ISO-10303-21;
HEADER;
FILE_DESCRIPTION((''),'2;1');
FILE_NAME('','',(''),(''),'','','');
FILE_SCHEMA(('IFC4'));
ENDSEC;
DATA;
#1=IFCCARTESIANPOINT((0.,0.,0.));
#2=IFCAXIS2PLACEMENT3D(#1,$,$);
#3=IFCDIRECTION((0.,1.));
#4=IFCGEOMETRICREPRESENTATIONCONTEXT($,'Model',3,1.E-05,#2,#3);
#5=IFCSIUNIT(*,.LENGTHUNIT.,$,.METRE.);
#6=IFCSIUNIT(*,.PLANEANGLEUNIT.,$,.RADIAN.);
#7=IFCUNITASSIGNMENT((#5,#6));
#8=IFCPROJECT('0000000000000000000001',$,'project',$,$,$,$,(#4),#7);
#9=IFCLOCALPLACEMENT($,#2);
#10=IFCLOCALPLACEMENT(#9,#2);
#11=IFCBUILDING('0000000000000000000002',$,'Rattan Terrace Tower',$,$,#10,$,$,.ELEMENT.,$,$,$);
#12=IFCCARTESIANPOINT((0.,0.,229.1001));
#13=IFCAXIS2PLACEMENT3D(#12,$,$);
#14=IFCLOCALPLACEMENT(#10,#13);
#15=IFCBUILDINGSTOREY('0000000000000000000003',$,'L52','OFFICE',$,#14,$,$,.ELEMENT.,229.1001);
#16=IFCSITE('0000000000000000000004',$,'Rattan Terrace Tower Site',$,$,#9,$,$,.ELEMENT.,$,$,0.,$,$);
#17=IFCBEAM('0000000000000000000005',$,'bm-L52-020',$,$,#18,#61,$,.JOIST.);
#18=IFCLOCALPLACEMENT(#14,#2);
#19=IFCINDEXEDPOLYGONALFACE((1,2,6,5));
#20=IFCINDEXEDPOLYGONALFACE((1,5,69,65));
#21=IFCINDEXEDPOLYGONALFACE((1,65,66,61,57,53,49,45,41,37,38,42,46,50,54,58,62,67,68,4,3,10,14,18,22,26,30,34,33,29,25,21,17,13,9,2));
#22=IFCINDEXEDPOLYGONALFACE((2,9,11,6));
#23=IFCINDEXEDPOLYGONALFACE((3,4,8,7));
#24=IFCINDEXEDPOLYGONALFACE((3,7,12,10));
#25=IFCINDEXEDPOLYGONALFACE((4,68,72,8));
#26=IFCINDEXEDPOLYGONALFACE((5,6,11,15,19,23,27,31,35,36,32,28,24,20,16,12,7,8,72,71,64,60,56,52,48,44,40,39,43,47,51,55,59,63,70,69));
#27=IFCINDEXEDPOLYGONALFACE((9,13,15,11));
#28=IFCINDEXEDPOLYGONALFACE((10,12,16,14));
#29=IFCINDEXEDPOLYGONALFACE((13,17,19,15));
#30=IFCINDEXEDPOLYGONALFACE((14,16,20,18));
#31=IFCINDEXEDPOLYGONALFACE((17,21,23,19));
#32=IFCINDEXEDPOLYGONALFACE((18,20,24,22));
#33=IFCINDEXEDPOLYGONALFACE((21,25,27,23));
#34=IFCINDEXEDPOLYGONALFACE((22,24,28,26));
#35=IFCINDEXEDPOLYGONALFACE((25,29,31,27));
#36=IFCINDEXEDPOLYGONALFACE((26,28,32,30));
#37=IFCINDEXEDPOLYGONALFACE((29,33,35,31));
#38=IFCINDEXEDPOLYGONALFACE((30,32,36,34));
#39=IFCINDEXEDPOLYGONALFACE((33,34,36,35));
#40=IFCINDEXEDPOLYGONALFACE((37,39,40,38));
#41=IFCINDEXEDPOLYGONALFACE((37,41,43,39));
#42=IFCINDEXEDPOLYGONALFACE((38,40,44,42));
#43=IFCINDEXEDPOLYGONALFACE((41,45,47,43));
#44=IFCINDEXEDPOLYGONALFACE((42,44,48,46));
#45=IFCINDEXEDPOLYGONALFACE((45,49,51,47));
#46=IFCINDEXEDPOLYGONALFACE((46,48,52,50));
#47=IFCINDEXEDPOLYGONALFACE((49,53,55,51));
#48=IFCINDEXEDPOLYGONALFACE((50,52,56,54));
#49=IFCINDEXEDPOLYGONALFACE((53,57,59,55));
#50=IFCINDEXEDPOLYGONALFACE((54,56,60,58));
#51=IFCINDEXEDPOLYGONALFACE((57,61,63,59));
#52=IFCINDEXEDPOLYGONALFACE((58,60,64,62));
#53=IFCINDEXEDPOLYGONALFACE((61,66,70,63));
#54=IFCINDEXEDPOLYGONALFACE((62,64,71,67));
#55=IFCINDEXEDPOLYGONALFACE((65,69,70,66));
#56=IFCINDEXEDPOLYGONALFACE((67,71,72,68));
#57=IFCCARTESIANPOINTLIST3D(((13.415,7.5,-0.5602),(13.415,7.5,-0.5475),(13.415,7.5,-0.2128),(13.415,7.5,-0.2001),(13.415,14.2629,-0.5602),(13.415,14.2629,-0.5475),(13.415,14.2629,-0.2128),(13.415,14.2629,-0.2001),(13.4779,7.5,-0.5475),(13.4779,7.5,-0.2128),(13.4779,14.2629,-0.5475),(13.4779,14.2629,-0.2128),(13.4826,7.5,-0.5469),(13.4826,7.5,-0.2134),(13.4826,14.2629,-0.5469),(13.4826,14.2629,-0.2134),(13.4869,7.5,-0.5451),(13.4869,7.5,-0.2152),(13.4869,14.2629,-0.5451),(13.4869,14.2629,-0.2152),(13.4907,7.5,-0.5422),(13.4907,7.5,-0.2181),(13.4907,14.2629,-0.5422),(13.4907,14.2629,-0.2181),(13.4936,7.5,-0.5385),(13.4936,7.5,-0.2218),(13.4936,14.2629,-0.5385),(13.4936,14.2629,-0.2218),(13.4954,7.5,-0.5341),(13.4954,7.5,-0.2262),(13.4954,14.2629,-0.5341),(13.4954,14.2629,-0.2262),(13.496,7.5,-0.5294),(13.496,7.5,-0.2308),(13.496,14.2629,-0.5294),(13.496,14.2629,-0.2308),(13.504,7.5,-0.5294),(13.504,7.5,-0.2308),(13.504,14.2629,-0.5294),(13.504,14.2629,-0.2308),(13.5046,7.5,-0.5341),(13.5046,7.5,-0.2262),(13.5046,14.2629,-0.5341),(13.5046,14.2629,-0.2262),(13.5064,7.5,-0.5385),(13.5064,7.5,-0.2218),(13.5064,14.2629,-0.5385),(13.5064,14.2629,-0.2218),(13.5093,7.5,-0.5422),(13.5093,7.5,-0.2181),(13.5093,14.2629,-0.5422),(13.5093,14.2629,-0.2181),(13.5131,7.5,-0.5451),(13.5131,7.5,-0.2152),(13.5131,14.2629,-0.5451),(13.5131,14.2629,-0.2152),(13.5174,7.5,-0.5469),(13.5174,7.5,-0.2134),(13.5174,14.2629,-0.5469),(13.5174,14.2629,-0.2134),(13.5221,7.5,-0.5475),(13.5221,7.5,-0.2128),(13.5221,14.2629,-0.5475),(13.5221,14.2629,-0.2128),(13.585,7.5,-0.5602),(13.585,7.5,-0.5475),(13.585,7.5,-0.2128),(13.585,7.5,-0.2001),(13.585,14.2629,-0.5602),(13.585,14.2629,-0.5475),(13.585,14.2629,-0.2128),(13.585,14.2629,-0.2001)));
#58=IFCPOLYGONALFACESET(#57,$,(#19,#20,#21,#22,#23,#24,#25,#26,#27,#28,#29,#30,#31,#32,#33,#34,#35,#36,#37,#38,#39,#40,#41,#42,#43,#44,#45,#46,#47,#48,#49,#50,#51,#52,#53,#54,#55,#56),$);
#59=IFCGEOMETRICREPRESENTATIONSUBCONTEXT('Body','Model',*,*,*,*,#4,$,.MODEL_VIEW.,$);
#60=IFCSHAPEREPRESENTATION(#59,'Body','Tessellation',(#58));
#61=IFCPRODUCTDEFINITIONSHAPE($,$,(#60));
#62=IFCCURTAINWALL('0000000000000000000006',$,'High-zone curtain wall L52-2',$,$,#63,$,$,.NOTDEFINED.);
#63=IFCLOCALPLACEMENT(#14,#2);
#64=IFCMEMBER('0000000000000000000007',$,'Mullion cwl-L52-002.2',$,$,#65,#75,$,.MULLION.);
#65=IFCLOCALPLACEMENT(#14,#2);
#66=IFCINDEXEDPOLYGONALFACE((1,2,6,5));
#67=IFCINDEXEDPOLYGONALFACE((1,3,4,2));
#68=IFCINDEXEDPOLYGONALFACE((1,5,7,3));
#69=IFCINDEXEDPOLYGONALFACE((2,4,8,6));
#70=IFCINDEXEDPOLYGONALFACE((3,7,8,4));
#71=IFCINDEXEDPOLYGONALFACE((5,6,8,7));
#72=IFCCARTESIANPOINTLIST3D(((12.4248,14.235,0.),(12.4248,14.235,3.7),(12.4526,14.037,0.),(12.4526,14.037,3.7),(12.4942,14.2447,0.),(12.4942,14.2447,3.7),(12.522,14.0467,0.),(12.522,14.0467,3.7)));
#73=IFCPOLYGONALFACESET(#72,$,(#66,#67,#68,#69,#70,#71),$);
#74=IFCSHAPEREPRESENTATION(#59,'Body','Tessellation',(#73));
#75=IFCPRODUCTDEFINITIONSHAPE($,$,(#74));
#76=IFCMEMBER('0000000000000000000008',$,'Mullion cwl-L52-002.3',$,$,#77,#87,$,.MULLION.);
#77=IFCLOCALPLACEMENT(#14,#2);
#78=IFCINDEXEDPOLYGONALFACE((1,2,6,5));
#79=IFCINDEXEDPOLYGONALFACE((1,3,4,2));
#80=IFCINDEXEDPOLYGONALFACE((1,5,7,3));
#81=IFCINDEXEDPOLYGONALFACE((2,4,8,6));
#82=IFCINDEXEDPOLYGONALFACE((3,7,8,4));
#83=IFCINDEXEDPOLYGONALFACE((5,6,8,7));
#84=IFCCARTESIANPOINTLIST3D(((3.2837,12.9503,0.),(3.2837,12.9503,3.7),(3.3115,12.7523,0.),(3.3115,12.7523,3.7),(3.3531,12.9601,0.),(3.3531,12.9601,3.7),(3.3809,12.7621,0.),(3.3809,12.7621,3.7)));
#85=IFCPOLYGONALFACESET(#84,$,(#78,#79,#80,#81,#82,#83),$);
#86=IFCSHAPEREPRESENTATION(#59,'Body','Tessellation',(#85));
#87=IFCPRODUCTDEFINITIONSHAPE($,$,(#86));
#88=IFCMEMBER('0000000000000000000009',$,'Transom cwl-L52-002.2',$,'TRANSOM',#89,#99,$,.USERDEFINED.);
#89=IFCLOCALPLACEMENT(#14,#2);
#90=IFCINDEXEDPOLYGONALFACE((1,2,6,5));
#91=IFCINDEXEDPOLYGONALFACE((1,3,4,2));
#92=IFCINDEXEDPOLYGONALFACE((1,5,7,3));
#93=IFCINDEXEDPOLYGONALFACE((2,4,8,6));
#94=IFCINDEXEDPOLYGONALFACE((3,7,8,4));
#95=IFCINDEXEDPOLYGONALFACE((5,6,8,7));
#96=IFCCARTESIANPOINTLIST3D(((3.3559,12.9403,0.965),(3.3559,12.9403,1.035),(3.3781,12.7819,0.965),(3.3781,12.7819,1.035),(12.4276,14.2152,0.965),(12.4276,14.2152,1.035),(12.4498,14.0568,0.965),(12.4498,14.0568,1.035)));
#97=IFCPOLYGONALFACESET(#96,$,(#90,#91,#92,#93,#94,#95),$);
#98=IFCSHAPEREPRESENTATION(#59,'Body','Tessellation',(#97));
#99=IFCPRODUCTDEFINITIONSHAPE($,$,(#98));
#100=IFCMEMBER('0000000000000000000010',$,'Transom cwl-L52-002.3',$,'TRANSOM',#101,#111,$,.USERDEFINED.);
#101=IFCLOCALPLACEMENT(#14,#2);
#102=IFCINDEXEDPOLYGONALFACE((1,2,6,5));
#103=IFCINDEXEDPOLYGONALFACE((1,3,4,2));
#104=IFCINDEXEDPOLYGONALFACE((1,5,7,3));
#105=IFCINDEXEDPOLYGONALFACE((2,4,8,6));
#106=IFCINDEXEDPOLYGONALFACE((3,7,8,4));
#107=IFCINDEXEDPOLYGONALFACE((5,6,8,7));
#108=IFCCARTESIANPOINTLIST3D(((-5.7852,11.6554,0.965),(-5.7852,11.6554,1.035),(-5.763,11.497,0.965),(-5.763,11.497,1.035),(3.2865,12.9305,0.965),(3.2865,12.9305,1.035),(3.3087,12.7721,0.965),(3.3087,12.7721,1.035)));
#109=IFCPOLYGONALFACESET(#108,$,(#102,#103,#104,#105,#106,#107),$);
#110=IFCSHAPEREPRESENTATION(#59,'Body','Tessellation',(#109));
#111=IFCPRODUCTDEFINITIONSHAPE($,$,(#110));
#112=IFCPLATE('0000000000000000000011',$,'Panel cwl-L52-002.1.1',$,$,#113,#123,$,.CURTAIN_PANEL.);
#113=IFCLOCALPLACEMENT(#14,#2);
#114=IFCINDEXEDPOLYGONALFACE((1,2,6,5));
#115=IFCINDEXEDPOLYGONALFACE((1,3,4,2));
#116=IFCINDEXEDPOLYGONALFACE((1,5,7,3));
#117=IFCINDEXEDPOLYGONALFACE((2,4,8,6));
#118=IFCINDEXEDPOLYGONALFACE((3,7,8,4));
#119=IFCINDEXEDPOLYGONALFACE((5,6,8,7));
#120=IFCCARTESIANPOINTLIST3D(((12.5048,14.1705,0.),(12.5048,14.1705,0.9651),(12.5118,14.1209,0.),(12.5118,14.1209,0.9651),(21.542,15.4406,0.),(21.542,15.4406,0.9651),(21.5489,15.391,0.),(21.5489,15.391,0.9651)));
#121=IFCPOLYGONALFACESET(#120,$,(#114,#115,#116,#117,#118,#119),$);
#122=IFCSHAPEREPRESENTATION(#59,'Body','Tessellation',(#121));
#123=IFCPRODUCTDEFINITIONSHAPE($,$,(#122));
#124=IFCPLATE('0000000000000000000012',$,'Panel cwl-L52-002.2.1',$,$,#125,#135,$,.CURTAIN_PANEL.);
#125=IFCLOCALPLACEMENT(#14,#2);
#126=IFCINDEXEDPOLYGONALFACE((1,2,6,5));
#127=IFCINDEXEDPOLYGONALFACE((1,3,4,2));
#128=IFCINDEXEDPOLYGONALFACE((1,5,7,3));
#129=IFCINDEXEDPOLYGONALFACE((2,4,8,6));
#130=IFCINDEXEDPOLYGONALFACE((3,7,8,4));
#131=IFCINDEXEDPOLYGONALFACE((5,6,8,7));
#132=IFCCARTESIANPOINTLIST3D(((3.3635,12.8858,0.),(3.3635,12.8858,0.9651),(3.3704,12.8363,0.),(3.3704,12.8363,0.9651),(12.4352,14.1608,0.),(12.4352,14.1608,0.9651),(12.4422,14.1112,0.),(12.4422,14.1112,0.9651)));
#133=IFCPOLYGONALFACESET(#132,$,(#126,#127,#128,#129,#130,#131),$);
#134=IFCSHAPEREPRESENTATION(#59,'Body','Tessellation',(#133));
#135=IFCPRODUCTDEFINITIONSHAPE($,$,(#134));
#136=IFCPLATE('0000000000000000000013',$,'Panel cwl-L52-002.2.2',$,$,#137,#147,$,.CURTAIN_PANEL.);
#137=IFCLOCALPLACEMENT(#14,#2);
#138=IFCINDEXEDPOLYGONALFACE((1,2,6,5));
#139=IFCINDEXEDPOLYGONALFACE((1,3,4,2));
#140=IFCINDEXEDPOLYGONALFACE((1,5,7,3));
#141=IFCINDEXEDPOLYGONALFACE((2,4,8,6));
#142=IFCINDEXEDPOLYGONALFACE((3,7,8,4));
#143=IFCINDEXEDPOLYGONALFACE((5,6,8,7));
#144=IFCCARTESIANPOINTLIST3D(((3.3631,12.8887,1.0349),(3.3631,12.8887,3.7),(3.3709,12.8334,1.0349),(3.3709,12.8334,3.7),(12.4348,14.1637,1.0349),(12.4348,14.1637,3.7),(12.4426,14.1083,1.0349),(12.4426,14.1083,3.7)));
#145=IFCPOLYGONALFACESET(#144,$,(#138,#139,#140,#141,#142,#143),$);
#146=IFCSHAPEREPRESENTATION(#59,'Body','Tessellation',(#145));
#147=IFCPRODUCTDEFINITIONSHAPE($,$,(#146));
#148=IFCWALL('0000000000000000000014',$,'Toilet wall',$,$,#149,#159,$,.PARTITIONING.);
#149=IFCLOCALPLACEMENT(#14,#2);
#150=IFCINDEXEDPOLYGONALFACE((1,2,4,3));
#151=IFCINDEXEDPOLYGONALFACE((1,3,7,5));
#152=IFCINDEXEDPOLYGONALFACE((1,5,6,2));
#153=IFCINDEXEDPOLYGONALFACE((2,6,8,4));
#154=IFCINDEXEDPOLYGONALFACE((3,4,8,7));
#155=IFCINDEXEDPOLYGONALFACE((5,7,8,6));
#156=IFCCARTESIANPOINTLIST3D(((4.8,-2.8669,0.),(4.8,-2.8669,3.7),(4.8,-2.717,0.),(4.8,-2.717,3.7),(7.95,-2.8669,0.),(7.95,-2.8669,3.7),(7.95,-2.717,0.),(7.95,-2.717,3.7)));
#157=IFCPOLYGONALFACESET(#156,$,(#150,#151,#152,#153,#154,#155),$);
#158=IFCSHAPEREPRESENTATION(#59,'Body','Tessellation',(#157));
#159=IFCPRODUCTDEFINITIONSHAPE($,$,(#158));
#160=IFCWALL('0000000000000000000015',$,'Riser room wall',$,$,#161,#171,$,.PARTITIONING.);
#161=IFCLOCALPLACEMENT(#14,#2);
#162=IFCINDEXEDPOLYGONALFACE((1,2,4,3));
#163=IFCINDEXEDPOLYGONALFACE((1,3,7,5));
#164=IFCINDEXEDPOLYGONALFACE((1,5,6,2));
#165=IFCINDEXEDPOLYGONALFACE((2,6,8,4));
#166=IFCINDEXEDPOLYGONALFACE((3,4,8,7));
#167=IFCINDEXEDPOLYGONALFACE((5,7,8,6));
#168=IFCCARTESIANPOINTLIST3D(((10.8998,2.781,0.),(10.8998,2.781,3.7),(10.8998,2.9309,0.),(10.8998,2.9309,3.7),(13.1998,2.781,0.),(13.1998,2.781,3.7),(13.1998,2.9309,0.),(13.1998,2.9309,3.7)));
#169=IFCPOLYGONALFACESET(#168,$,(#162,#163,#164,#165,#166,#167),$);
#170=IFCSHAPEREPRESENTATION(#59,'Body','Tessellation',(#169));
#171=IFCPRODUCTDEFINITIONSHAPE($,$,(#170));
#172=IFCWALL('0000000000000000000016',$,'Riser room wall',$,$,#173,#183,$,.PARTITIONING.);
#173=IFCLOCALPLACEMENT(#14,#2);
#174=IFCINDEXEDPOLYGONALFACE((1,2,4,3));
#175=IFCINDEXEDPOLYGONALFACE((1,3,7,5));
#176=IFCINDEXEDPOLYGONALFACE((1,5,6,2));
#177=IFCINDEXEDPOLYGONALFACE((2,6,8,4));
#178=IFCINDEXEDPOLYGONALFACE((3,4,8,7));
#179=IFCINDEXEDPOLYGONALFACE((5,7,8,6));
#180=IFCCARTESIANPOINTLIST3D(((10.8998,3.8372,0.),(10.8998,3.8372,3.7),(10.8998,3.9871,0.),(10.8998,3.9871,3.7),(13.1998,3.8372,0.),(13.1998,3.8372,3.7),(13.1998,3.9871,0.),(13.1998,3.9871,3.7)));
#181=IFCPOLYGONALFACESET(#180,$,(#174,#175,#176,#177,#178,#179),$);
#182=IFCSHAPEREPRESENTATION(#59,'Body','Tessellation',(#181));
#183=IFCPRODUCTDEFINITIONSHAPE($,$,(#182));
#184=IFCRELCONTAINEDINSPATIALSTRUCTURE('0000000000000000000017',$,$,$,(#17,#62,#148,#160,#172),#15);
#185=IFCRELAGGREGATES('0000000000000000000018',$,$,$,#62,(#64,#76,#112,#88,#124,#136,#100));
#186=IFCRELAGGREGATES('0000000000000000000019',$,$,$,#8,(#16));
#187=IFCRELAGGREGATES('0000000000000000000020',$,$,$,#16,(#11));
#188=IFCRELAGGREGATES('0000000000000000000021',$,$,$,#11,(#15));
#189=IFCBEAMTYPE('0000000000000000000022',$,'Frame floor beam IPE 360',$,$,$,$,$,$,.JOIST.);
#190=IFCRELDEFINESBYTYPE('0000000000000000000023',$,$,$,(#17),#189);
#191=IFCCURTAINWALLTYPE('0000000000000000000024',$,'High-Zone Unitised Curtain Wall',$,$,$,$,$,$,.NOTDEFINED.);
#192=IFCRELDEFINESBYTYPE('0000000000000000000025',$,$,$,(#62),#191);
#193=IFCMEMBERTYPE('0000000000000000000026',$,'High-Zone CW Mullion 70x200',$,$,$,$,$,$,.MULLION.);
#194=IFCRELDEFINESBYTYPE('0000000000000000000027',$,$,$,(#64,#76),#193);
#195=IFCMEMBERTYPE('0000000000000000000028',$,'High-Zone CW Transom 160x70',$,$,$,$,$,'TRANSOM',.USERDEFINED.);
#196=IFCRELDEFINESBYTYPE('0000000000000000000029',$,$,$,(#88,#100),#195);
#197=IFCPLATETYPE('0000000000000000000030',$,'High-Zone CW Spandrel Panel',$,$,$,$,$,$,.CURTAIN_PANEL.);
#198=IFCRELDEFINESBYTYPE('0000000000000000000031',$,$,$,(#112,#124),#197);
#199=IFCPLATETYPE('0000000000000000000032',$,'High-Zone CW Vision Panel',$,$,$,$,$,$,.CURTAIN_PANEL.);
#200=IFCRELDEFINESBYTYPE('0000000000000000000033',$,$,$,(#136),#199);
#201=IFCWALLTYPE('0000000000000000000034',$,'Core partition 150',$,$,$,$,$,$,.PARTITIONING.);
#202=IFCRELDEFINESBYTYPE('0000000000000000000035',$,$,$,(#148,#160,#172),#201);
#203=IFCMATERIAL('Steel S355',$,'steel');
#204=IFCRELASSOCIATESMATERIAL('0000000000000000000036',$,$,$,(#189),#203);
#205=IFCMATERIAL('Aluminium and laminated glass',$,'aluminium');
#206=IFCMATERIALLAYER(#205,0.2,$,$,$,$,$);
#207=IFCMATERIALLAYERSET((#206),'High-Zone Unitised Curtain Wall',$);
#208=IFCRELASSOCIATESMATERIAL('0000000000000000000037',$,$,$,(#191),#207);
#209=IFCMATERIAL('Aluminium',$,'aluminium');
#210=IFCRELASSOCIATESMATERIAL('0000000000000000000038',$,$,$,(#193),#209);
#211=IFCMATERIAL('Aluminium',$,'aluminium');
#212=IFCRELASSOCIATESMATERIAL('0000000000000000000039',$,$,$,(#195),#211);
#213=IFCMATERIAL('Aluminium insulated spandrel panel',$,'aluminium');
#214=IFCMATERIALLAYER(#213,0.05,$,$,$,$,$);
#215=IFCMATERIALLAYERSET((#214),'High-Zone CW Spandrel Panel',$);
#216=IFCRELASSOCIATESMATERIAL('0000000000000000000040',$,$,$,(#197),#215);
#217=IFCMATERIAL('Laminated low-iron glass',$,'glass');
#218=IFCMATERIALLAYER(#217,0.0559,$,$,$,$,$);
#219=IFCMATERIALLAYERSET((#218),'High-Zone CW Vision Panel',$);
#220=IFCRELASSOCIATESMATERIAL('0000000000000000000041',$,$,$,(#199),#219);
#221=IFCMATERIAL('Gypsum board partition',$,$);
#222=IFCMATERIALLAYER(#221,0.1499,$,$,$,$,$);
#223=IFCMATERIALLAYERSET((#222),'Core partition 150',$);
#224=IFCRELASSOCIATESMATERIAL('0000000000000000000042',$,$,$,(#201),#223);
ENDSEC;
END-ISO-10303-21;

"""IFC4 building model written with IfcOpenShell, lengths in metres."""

from ifc_helpers import new_model, si_unit, direction, frame, frame_2d, origin, origin_2d, place, context, subcontext, project, spatial, rectangle, i_section, extrude, material, layer, layer_set, material_profile, profile_set, type_object, element, aggregate, save


model = new_model("IFC4")

# Units and contexts
model_context = context("Model", 3, precision=1e-05, world=origin(), true_north=direction((0.0, 1.0)))
body_context = subcontext(model_context, "Body", "Model", "MODEL_VIEW")
ifc_project = project(units=[si_unit("LENGTHUNIT", "METRE"), si_unit("PLANEANGLEUNIT", "RADIAN")], contexts=[model_context])

# Site, building, storey
site_placement = place(None, origin())
site = spatial("IfcSite", under=ifc_project, at=site_placement, Name="Rattan Terrace Tower Site", CompositionType="ELEMENT", RefElevation=0.0)
building_placement = place(site_placement, origin())
building = spatial("IfcBuilding", under=site, at=building_placement, Name="Rattan Terrace Tower", CompositionType="ELEMENT")
storey_placement = place(building_placement, frame((0.0, 0.0, 229.1001)))
storey = spatial("IfcBuildingStorey", under=building, at=storey_placement, Name="L52", Description="OFFICE", CompositionType="ELEMENT", Elevation=229.1001)

# Beam
ifc_material_1 = material(Name="Steel S355", Category="steel")
ifc_material_profile_1 = material_profile(ifc_material_1, i_section(OverallWidth=0.1699, OverallDepth=0.3601, WebThickness=0.0081, FlangeThickness=0.0127, FilletRadius=0.0181, at=origin_2d()), Name="IPE 360")
ifc_profile_set_1 = profile_set([ifc_material_profile_1], Name="Steel S355")
beam_type_1 = type_object("IfcBeamType", Name="Frame floor beam IPE 360", PredefinedType="JOIST", material=ifc_profile_set_1)
beam_1_placement = place(storey_placement, frame((13.5, 7.5, -0.3801), z_axis=(0.0, 1.0, 0.0), x_axis=(-1.0, 0.0, 0.0)))
element("IfcBeam", 1, at=beam_1_placement, inside=storey, type_object=beam_type_1, Name="bm-L52-020", PredefinedType="JOIST", context=body_context, shape_type="SweptSolid", body=[
    extrude(i_section(OverallWidth=0.1699, OverallDepth=0.3601, WebThickness=0.0081, FlangeThickness=0.0127, FilletRadius=0.0181, at=origin_2d()), origin(), (0.0, 0.0, 1.0), 6.7629),
])

# Curtain wall, members, plates
ifc_material_2 = material(Name="Aluminium and laminated glass", Category="aluminium")
ifc_layer_1 = layer(ifc_material_2, 0.2)
ifc_layer_set_1 = layer_set([ifc_layer_1], Name="High-Zone Unitised Curtain Wall")
curtain_wall_type = type_object("IfcCurtainWallType", Name="High-Zone Unitised Curtain Wall", PredefinedType="NOTDEFINED", material=ifc_layer_set_1)
curtain_wall_placement = place(storey_placement, origin())
curtain_wall = element("IfcCurtainWall", 2, at=curtain_wall_placement, inside=storey, type_object=curtain_wall_type, Name="High-zone curtain wall L52-2", PredefinedType="NOTDEFINED")
ifc_material_3 = material(Name="Aluminium", Category="aluminium")
ifc_material_profile_2 = material_profile(ifc_material_3, rectangle(XDim=0.0701, YDim=0.2, at=origin_2d()), Name="Aluminium 70x200")
ifc_profile_set_2 = profile_set([ifc_material_profile_2], Name="Aluminium")
member_type_1 = type_object("IfcMemberType", Name="High-Zone CW Mullion 70x200", PredefinedType="MULLION", material=ifc_profile_set_2)
member_1_placement = place(storey_placement, frame((12.4734, 14.1409, 0.0), z_axis=(0.0, 0.0, 1.0), x_axis=(-0.990267, -0.139177, 0.0)))
member_1 = element("IfcMember", 3, at=member_1_placement, type_object=member_type_1, Name="Mullion cwl-L52-002.2", PredefinedType="MULLION", context=body_context, shape_type="SweptSolid", body=[
    extrude(rectangle(XDim=0.0701, YDim=0.2, at=origin_2d()), origin(), (0.0, 0.0, 1.0), 3.7),
])
member_2_placement = place(storey_placement, frame((3.3323, 12.8562, 0.0), z_axis=(0.0, 0.0, 1.0), x_axis=(-0.990267, -0.139177, 0.0)))
member_2 = element("IfcMember", 4, at=member_2_placement, type_object=member_type_1, Name="Mullion cwl-L52-002.3", PredefinedType="MULLION", context=body_context, shape_type="SweptSolid", body=[
    extrude(rectangle(XDim=0.0701, YDim=0.2, at=origin_2d()), origin(), (0.0, 0.0, 1.0), 3.7),
])
ifc_material_4 = material(Name="Aluminium", Category="aluminium")
ifc_material_profile_3 = material_profile(ifc_material_4, rectangle(XDim=0.1599, YDim=0.0701, at=origin_2d()), Name="Aluminium 160x70")
ifc_profile_set_3 = profile_set([ifc_material_profile_3], Name="Aluminium")
member_type_2 = type_object("IfcMemberType", Name="High-Zone CW Transom 160x70", ElementType="TRANSOM", PredefinedType="USERDEFINED", material=ifc_profile_set_3)
member_3_placement = place(storey_placement, frame((12.4387, 14.136, 1.0), z_axis=(-0.990269, -0.139167, 0.0), x_axis=(0.139167, -0.990269, 0.0)))
member_3 = element("IfcMember", 5, at=member_3_placement, type_object=member_type_2, Name="Transom cwl-L52-002.2", ObjectType="TRANSOM", PredefinedType="USERDEFINED", context=body_context, shape_type="SweptSolid", body=[
    extrude(rectangle(XDim=0.1599, YDim=0.0701, at=origin_2d()), origin(), (0.0, 0.0, 1.0), 9.1609),
])
member_4_placement = place(storey_placement, frame((3.2976, 12.8513, 1.0), z_axis=(-0.990265, -0.139194, 0.0), x_axis=(0.139194, -0.990265, 0.0)))
member_4 = element("IfcMember", 6, at=member_4_placement, type_object=member_type_2, Name="Transom cwl-L52-002.3", ObjectType="TRANSOM", PredefinedType="USERDEFINED", context=body_context, shape_type="SweptSolid", body=[
    extrude(rectangle(XDim=0.1599, YDim=0.0701, at=origin_2d()), origin(), (0.0, 0.0, 1.0), 9.1609),
])
ifc_material_5 = material(Name="Aluminium insulated spandrel panel", Category="aluminium")
ifc_layer_2 = layer(ifc_material_5, 0.05)
ifc_layer_set_2 = layer_set([ifc_layer_2], Name="High-Zone CW Spandrel Panel")
plate_type_1 = type_object("IfcPlateType", Name="High-Zone CW Spandrel Panel", PredefinedType="CURTAIN_PANEL", material=ifc_layer_set_2)
plate_1_placement = place(storey_placement, frame((17.0269, 14.7808, 0.0), z_axis=(0.0, 0.0, 1.0), x_axis=(-0.990267, -0.139177, 0.0)))
plate_1 = element("IfcPlate", 7, at=plate_1_placement, type_object=plate_type_1, Name="Panel cwl-L52-002.1.1", PredefinedType="CURTAIN_PANEL", context=body_context, shape_type="SweptSolid", body=[
    extrude(rectangle(XDim=9.126, YDim=0.05, at=origin_2d()), origin(), (0.0, 0.0, 1.0), 0.9651),
])
plate_2_placement = place(storey_placement, frame((7.9028, 13.4985, 0.0), z_axis=(0.0, 0.0, 1.0), x_axis=(-0.990267, -0.139177, 0.0)))
plate_2 = element("IfcPlate", 8, at=plate_2_placement, type_object=plate_type_1, Name="Panel cwl-L52-002.2.1", PredefinedType="CURTAIN_PANEL", context=body_context, shape_type="SweptSolid", body=[
    extrude(rectangle(XDim=9.1609, YDim=0.05, at=origin_2d()), origin(), (0.0, 0.0, 1.0), 0.9651),
])
ifc_material_6 = material(Name="Laminated low-iron glass", Category="glass")
ifc_layer_3 = layer(ifc_material_6, 0.0559)
ifc_layer_set_3 = layer_set([ifc_layer_3], Name="High-Zone CW Vision Panel")
plate_type_2 = type_object("IfcPlateType", Name="High-Zone CW Vision Panel", PredefinedType="CURTAIN_PANEL", material=ifc_layer_set_3)
plate_3_placement = place(storey_placement, frame((7.9028, 13.4985, 1.0349), z_axis=(0.0, 0.0, 1.0), x_axis=(-0.990267, -0.139177, 0.0)))
plate_3 = element("IfcPlate", 9, at=plate_3_placement, type_object=plate_type_2, Name="Panel cwl-L52-002.2.2", PredefinedType="CURTAIN_PANEL", context=body_context, shape_type="SweptSolid", body=[
    extrude(rectangle(XDim=9.1609, YDim=0.0559, at=origin_2d()), origin(), (0.0, 0.0, 1.0), 2.665),
])
aggregate(curtain_wall, [member_1, member_2, plate_1, member_3, plate_2, plate_3, member_4])

# Walls
ifc_material_7 = material(Name="Gypsum board partition")
ifc_layer_4 = layer(ifc_material_7, 0.1499)
ifc_layer_set_4 = layer_set([ifc_layer_4], Name="Core partition 150")
wall_type_1 = type_object("IfcWallType", Name="Core partition 150", PredefinedType="PARTITIONING", material=ifc_layer_set_4)
wall_1_placement = place(storey_placement, frame((4.8, -2.792, 0.0), z_axis=(0.0, 0.0, 1.0), x_axis=(1.0, 0.0, 0.0)))
element("IfcWall", 10, at=wall_1_placement, inside=storey, type_object=wall_type_1, Name="Toilet wall", PredefinedType="PARTITIONING", context=body_context, shape_type="SweptSolid", body=[
    extrude(rectangle(XDim=3.1499, YDim=0.1499, at=frame_2d((1.575, 0.0))), origin(), (0.0, 0.0, 1.0), 3.7),
])
for number, where, z_axis, x_axis, name in (
    (11, (10.8999, 2.856, 0.0), (0.0, 0.0, 1.0), (1.0, 0.0, 0.0), "Riser room wall"),
    (12, (10.8999, 3.9121, 0.0), (0.0, 0.0, 1.0), (1.0, 0.0, 0.0), "Riser room wall"),
):
    element("IfcWall", number, at=place(storey_placement, frame(where, z_axis=z_axis, x_axis=x_axis)), inside=storey, type_object=wall_type_1, Name=name, PredefinedType="PARTITIONING", context=body_context, shape_type="SweptSolid", body=[
        extrude(rectangle(XDim=2.3, YDim=0.1499, at=frame_2d((1.1499, 0.0))), origin(), (0.0, 0.0, 1.0), 3.7),
    ])

save(model, "model.ifc")
